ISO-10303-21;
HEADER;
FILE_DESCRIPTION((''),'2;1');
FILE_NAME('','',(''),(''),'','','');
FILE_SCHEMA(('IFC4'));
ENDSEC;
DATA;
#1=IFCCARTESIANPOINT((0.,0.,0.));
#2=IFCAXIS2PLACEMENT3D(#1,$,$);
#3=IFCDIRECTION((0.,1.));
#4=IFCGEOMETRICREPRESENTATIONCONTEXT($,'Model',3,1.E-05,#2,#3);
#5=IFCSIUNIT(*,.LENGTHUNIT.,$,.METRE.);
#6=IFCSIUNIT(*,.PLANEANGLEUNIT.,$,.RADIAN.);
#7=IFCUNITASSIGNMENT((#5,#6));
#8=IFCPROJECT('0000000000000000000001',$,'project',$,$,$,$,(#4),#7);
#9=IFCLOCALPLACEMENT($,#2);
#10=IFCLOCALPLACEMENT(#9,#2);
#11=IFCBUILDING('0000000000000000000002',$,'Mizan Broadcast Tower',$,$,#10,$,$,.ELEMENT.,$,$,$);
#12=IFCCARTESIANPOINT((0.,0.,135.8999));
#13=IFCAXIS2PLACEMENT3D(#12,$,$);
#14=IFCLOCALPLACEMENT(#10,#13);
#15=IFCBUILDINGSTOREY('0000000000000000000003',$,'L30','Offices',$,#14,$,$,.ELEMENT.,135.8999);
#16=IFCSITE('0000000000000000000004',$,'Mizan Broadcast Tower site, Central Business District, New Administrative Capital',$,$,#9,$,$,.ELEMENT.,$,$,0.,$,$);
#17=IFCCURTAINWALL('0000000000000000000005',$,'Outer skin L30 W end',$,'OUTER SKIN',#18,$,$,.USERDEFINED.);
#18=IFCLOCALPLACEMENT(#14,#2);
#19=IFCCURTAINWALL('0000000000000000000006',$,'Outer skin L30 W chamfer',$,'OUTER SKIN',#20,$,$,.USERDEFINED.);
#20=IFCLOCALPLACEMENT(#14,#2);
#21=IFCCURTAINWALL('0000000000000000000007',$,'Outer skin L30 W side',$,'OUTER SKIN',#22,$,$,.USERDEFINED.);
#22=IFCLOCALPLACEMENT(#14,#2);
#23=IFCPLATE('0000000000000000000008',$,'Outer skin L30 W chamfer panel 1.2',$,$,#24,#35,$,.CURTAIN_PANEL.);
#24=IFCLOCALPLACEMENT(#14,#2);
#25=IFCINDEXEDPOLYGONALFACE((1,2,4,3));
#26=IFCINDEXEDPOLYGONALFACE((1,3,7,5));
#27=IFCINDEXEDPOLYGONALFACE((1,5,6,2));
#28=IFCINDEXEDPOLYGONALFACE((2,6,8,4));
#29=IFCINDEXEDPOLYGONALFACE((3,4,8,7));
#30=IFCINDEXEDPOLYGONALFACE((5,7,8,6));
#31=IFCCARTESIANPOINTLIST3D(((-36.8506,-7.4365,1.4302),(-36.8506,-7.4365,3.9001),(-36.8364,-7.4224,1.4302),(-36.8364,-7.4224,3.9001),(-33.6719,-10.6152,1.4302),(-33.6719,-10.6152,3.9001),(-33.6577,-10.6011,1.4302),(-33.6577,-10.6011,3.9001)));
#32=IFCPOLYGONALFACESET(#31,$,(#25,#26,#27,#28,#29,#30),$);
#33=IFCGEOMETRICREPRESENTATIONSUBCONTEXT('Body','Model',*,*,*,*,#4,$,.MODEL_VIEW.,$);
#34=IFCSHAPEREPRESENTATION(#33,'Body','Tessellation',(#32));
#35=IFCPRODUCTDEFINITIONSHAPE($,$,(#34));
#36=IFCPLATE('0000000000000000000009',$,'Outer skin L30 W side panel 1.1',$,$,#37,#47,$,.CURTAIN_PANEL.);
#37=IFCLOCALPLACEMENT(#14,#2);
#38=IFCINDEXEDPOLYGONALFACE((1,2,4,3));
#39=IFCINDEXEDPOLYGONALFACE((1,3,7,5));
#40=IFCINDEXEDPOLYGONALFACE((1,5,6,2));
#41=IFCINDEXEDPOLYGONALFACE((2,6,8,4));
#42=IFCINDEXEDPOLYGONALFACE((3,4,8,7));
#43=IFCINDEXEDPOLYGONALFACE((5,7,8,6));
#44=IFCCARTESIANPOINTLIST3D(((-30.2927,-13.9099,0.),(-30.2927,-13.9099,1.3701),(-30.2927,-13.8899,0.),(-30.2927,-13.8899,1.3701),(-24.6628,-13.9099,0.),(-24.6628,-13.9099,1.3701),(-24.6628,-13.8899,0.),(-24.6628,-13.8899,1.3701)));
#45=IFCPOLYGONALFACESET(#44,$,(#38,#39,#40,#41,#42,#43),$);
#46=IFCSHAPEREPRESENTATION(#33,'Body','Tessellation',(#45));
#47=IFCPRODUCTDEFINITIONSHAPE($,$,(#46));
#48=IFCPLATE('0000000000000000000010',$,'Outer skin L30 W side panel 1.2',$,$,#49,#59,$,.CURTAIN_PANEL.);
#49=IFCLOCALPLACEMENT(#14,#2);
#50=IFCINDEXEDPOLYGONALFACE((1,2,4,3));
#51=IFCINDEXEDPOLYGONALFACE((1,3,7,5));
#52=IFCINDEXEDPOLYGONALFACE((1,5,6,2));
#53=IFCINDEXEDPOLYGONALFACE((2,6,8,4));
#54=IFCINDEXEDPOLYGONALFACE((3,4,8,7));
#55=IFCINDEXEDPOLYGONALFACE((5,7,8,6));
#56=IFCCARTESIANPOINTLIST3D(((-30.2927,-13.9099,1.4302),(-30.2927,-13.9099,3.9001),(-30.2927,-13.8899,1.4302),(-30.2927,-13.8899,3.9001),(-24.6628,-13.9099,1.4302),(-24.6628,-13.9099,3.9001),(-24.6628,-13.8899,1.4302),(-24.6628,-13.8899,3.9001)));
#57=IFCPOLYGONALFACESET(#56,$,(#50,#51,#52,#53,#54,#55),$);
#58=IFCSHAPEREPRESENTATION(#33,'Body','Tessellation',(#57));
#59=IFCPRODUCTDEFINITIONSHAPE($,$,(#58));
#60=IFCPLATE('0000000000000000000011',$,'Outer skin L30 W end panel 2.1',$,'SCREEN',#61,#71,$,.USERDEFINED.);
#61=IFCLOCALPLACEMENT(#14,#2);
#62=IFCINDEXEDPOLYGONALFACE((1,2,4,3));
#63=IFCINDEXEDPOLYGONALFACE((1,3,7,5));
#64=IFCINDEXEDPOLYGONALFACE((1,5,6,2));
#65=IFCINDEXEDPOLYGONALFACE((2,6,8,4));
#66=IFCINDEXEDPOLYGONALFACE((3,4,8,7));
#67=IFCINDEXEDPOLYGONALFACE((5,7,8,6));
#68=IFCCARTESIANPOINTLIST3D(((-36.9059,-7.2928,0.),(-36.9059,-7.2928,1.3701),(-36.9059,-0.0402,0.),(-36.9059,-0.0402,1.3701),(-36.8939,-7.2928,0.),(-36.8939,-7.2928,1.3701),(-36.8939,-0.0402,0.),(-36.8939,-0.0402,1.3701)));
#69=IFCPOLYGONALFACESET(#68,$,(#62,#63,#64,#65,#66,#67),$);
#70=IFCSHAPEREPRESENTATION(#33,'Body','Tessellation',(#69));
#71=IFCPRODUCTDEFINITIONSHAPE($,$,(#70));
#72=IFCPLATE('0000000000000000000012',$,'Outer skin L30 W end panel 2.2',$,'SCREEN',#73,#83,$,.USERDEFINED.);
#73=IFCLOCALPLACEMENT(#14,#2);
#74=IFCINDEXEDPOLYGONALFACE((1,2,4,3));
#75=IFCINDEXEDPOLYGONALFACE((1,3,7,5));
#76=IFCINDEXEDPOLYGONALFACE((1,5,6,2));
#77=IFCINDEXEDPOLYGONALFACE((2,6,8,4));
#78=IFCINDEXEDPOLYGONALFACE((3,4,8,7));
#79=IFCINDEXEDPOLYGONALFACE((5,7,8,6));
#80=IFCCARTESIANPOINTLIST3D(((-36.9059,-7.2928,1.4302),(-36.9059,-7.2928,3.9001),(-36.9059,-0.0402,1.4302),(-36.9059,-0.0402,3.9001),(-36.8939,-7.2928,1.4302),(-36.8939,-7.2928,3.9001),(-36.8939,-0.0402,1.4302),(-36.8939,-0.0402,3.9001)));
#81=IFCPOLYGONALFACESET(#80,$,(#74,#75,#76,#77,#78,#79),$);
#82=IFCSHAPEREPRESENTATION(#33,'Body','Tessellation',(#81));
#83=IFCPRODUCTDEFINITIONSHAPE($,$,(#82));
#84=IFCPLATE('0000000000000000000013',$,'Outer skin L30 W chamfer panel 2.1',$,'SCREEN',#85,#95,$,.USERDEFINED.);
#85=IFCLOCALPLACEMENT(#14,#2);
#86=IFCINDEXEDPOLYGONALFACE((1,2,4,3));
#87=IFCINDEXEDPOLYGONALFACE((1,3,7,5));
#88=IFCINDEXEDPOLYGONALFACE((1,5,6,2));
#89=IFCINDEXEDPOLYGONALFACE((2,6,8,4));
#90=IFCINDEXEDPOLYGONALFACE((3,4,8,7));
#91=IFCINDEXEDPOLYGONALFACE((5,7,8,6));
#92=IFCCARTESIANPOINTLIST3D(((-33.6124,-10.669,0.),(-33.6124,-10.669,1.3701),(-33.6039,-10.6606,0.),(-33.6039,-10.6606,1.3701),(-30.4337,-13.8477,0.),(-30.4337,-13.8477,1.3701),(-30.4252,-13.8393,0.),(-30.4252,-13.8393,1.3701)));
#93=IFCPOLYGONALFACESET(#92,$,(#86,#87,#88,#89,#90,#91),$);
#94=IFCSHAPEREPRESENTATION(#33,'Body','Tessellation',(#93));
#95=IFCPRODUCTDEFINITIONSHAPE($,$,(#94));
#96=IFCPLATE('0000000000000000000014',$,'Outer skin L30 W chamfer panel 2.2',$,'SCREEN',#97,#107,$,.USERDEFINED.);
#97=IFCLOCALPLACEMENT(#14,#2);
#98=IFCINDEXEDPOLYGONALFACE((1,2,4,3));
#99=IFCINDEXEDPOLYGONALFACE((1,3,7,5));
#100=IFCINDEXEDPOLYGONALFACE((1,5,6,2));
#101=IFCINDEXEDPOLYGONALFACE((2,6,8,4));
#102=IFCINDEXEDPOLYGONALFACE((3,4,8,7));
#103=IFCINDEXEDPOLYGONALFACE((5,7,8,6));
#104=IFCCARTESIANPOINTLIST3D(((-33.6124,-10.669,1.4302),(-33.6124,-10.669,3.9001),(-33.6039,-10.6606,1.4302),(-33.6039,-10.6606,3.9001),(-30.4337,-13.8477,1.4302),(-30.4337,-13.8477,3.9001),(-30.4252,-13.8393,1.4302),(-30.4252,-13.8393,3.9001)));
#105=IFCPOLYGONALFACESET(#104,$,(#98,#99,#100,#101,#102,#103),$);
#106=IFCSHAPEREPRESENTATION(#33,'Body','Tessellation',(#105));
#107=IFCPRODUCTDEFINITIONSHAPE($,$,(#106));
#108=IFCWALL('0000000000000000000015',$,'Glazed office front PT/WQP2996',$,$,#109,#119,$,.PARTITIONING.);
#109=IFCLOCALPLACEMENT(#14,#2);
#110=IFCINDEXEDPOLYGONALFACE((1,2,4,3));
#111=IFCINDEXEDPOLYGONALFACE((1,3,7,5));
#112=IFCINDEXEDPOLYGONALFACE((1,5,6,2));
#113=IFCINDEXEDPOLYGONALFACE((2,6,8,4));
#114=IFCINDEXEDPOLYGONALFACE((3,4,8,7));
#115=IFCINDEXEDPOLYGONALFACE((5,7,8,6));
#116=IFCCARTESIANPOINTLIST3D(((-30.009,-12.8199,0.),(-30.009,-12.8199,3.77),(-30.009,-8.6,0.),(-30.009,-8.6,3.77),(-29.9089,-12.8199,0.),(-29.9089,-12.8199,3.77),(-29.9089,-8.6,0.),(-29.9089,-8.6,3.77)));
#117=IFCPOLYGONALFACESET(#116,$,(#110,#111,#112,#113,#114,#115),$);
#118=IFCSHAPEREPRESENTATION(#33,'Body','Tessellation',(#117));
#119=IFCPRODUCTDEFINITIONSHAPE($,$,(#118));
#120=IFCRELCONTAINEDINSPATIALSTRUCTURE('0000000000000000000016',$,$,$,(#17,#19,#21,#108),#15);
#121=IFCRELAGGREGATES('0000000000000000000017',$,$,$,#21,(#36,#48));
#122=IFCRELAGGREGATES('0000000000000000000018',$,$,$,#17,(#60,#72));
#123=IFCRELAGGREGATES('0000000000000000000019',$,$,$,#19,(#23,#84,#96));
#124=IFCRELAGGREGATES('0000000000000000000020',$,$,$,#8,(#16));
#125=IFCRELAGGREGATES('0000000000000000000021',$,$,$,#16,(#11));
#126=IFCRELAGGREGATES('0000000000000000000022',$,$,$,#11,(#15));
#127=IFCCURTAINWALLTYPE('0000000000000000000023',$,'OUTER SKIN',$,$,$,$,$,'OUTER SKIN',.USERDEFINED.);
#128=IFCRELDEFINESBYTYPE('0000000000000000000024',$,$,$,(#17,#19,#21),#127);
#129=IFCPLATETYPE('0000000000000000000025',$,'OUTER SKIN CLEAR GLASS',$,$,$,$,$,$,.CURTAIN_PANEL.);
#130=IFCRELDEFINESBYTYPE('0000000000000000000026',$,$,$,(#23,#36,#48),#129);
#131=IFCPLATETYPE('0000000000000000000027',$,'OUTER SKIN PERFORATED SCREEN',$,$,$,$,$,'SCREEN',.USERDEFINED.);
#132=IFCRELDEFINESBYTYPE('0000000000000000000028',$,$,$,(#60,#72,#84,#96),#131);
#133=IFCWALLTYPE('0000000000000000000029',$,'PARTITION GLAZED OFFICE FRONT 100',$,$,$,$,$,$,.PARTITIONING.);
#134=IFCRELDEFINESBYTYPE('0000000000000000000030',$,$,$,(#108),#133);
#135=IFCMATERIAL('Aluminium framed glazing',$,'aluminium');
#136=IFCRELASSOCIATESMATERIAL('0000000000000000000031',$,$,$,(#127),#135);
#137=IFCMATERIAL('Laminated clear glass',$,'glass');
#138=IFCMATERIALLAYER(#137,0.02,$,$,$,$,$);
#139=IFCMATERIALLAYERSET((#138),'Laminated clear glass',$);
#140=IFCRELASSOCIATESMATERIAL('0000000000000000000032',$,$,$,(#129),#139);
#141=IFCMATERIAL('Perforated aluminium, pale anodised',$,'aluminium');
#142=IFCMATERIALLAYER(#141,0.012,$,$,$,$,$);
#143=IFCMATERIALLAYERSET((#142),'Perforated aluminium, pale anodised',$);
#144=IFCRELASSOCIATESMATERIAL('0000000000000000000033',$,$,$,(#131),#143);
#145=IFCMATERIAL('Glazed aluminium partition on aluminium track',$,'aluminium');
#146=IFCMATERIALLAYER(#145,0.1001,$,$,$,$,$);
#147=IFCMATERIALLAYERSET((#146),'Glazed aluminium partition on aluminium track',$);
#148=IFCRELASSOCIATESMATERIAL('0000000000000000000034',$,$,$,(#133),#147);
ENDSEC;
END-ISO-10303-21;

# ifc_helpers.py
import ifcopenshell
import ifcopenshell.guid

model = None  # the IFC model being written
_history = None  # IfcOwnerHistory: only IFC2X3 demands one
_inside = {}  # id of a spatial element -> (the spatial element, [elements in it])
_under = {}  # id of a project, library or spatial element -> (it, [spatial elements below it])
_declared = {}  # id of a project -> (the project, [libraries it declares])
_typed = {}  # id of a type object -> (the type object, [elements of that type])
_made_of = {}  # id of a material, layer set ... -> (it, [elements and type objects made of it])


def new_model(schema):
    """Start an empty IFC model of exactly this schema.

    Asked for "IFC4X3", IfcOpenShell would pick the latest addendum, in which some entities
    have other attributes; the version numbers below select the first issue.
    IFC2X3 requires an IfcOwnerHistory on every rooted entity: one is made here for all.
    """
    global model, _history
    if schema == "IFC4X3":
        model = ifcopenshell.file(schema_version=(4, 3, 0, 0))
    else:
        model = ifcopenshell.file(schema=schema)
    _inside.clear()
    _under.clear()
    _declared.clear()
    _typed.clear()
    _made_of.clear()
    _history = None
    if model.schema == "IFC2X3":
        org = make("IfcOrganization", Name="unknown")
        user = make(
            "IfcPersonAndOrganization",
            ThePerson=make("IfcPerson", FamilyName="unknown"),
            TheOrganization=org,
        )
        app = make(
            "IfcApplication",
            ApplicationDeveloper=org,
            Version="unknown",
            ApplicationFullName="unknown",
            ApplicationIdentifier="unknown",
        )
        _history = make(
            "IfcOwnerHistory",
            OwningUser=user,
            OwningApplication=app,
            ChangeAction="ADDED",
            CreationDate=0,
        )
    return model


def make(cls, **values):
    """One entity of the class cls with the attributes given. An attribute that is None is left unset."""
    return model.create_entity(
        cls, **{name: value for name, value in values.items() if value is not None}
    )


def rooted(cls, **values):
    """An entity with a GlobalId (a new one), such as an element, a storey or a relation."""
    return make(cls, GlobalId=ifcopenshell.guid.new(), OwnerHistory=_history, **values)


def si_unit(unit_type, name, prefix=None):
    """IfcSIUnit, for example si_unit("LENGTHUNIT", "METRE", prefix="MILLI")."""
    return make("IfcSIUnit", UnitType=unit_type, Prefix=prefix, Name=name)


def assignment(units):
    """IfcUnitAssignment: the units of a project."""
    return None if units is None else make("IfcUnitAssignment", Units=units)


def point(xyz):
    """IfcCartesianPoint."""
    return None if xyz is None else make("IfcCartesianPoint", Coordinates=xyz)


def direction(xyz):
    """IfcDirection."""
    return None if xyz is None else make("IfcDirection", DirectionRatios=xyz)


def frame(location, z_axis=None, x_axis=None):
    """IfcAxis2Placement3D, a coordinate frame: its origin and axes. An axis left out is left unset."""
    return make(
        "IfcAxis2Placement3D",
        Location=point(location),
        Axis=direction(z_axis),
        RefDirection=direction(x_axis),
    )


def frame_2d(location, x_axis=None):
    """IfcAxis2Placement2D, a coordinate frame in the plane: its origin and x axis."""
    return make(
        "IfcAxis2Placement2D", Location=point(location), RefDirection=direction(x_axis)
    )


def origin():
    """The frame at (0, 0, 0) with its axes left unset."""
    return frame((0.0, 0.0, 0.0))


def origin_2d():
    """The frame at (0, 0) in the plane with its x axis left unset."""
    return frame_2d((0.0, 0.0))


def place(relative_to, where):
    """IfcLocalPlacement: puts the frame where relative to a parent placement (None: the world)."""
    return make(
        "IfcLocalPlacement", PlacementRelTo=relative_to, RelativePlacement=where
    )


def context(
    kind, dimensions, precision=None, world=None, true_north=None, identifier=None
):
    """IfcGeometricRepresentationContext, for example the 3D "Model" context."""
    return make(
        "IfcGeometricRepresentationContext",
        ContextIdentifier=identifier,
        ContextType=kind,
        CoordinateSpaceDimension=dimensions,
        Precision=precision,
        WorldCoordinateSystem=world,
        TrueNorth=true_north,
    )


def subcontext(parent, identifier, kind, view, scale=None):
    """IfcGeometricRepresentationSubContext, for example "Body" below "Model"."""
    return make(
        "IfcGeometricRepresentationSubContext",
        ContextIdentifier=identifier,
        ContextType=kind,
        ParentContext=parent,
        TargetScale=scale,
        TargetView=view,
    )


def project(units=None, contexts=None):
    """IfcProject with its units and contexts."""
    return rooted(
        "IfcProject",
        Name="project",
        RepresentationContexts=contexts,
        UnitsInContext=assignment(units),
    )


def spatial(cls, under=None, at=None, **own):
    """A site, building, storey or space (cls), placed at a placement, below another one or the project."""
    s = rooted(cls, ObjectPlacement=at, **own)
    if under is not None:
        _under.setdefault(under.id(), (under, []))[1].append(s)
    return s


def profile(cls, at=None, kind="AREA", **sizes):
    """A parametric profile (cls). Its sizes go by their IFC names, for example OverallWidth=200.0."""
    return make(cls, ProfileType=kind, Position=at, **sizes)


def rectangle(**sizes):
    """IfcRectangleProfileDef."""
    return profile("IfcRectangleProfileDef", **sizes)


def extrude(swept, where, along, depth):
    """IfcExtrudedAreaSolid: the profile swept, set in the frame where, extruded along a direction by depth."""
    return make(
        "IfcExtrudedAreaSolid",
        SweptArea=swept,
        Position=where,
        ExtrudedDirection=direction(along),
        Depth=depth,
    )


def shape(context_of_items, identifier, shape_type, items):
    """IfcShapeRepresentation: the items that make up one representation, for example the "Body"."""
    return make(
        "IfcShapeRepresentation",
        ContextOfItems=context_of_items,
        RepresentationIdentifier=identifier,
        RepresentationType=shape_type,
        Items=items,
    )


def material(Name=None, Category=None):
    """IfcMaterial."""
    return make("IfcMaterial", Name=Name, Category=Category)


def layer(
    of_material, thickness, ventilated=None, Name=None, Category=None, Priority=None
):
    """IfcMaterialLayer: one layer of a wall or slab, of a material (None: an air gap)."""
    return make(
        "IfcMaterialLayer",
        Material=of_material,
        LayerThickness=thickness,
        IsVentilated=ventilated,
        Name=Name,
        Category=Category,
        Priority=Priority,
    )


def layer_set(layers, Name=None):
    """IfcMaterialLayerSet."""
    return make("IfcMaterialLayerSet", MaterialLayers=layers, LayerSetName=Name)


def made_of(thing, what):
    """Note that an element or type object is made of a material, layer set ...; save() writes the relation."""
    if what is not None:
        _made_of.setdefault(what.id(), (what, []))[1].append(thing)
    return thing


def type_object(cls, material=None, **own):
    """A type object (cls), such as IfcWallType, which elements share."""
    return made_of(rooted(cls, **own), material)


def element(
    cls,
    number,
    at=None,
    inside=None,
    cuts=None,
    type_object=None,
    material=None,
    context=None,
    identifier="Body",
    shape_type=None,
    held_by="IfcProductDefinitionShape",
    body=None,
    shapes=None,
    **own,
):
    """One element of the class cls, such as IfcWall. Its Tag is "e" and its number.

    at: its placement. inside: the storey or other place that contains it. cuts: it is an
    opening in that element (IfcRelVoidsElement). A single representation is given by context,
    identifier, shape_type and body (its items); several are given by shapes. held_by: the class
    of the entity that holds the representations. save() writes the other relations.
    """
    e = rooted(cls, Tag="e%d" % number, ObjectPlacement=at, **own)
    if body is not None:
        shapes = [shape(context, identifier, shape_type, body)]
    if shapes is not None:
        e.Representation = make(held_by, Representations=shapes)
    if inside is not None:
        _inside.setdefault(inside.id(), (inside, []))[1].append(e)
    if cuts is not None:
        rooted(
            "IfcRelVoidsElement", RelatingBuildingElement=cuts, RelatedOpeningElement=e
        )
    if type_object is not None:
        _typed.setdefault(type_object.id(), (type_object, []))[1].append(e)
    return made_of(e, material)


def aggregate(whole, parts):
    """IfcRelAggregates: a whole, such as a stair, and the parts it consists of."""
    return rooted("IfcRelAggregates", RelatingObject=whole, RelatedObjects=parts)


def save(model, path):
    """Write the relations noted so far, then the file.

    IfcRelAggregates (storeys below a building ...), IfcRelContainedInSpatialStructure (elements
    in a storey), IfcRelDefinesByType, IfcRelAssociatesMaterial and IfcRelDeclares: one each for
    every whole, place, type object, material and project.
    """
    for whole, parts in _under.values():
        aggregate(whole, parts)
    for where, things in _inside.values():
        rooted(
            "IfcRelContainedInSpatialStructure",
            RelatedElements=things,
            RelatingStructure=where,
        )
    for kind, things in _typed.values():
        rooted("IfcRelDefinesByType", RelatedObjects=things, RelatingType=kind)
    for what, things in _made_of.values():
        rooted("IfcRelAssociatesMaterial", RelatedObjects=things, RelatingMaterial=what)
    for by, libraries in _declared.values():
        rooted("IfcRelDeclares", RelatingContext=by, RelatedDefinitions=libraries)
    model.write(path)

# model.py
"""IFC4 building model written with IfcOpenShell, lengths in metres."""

from ifc_helpers import new_model, si_unit, direction, frame, frame_2d, origin, origin_2d, place, context, subcontext, project, spatial, rectangle, extrude, material, layer, layer_set, type_object, element, aggregate, save


model = new_model("IFC4")

# Units and contexts
model_context = context("Model", 3, precision=1e-05, world=origin(), true_north=direction((0.0, 1.0)))
body_context = subcontext(model_context, "Body", "Model", "MODEL_VIEW")
ifc_project = project(units=[si_unit("LENGTHUNIT", "METRE"), si_unit("PLANEANGLEUNIT", "RADIAN")], contexts=[model_context])

# Site, building, storey
site_placement = place(None, origin())
site = spatial("IfcSite", under=ifc_project, at=site_placement, Name="Mizan Broadcast Tower site, Central Business District, New Administrative Capital", CompositionType="ELEMENT", RefElevation=0.0)
building_placement = place(site_placement, origin())
building = spatial("IfcBuilding", under=site, at=building_placement, Name="Mizan Broadcast Tower", CompositionType="ELEMENT")
storey_placement = place(building_placement, frame((0.0, 0.0, 135.8999)))
storey = spatial("IfcBuildingStorey", under=building, at=storey_placement, Name="L30", Description="Offices", CompositionType="ELEMENT", Elevation=135.8999)

# Curtain wall
ifc_material_1 = material(Name="Aluminium framed glazing", Category="aluminium")
curtain_wall_type_1 = type_object("IfcCurtainWallType", Name="OUTER SKIN", ElementType="OUTER SKIN", PredefinedType="USERDEFINED", material=ifc_material_1)
curtain_wall_1_placement = place(storey_placement, origin())
curtain_wall_1 = element("IfcCurtainWall", 1, at=curtain_wall_1_placement, inside=storey, type_object=curtain_wall_type_1, Name="Outer skin L30 W end", ObjectType="OUTER SKIN", PredefinedType="USERDEFINED")

# Curtain wall
curtain_wall_2_placement = place(storey_placement, origin())
curtain_wall_2 = element("IfcCurtainWall", 2, at=curtain_wall_2_placement, inside=storey, type_object=curtain_wall_type_1, Name="Outer skin L30 W chamfer", ObjectType="OUTER SKIN", PredefinedType="USERDEFINED")

# Curtain wall
curtain_wall_3_placement = place(storey_placement, origin())
curtain_wall_3 = element("IfcCurtainWall", 3, at=curtain_wall_3_placement, inside=storey, type_object=curtain_wall_type_1, Name="Outer skin L30 W side", ObjectType="OUTER SKIN", PredefinedType="USERDEFINED")

# Plates
ifc_material_2 = material(Name="Laminated clear glass", Category="glass")
ifc_layer_1 = layer(ifc_material_2, 0.02)
ifc_layer_set_1 = layer_set([ifc_layer_1], Name="Laminated clear glass")
plate_type_1 = type_object("IfcPlateType", Name="OUTER SKIN CLEAR GLASS", PredefinedType="CURTAIN_PANEL", material=ifc_layer_set_1)
plate_1_placement = place(storey_placement, frame((-35.2542, -9.0188, 1.4302), z_axis=(0.0, 0.0, 1.0), x_axis=(0.707107, -0.707107, 0.0)))
plate_1 = element("IfcPlate", 4, at=plate_1_placement, type_object=plate_type_1, Name="Outer skin L30 W chamfer panel 1.2", PredefinedType="CURTAIN_PANEL", context=body_context, shape_type="SweptSolid", body=[
    extrude(rectangle(XDim=4.4954, YDim=0.02, at=origin_2d()), origin(), (0.0, 0.0, 1.0), 2.47),
])
plate_2_placement = place(storey_placement, frame((-27.4778, -13.8999, 0.0), z_axis=(0.0, 0.0, 1.0), x_axis=(1.0, 0.0, 0.0)))
plate_2 = element("IfcPlate", 5, at=plate_2_placement, type_object=plate_type_1, Name="Outer skin L30 W side panel 1.1", PredefinedType="CURTAIN_PANEL", context=body_context, shape_type="SweptSolid", body=[
    extrude(rectangle(XDim=5.6299, YDim=0.02, at=origin_2d()), origin(), (0.0, 0.0, 1.0), 1.3701),
])
plate_3_placement = place(storey_placement, frame((-27.4778, -13.8999, 1.4302), z_axis=(0.0, 0.0, 1.0), x_axis=(1.0, 0.0, 0.0)))
plate_3 = element("IfcPlate", 6, at=plate_3_placement, type_object=plate_type_1, Name="Outer skin L30 W side panel 1.2", PredefinedType="CURTAIN_PANEL", context=body_context, shape_type="SweptSolid", body=[
    extrude(rectangle(XDim=5.6299, YDim=0.02, at=origin_2d()), origin(), (0.0, 0.0, 1.0), 2.47),
])
aggregate(curtain_wall_3, [plate_2, plate_3])
ifc_material_3 = material(Name="Perforated aluminium, pale anodised", Category="aluminium")
ifc_layer_2 = layer(ifc_material_3, 0.012)
ifc_layer_set_2 = layer_set([ifc_layer_2], Name="Perforated aluminium, pale anodised")
plate_type_2 = type_object("IfcPlateType", Name="OUTER SKIN PERFORATED SCREEN", ElementType="SCREEN", PredefinedType="USERDEFINED", material=ifc_layer_set_2)
plate_4_placement = place(storey_placement, frame((-36.8999, -3.6665, 0.0), z_axis=(0.0, 0.0, 1.0), x_axis=(0.0, -1.0, 0.0)))
plate_4 = element("IfcPlate", 7, at=plate_4_placement, type_object=plate_type_2, Name="Outer skin L30 W end panel 2.1", ObjectType="SCREEN", PredefinedType="USERDEFINED", context=body_context, shape_type="SweptSolid", body=[
    extrude(rectangle(XDim=7.2527, YDim=0.012, at=origin_2d()), origin(), (0.0, 0.0, 1.0), 1.3701),
])
plate_5_placement = place(storey_placement, frame((-36.8999, -3.6665, 1.4302), z_axis=(0.0, 0.0, 1.0), x_axis=(0.0, -1.0, 0.0)))
plate_5 = element("IfcPlate", 8, at=plate_5_placement, type_object=plate_type_2, Name="Outer skin L30 W end panel 2.2", ObjectType="SCREEN", PredefinedType="USERDEFINED", context=body_context, shape_type="SweptSolid", body=[
    extrude(rectangle(XDim=7.2527, YDim=0.012, at=origin_2d()), origin(), (0.0, 0.0, 1.0), 2.47),
])
aggregate(curtain_wall_1, [plate_4, plate_5])
plate_6_placement = place(storey_placement, frame((-32.0188, -12.2542, 0.0), z_axis=(0.0, 0.0, 1.0), x_axis=(0.707107, -0.707107, 0.0)))
plate_6 = element("IfcPlate", 9, at=plate_6_placement, type_object=plate_type_2, Name="Outer skin L30 W chamfer panel 2.1", ObjectType="SCREEN", PredefinedType="USERDEFINED", context=body_context, shape_type="SweptSolid", body=[
    extrude(rectangle(XDim=4.4954, YDim=0.012, at=origin_2d()), origin(), (0.0, 0.0, 1.0), 1.3701),
])
plate_7_placement = place(storey_placement, frame((-32.0188, -12.2542, 1.4302), z_axis=(0.0, 0.0, 1.0), x_axis=(0.707107, -0.707107, 0.0)))
plate_7 = element("IfcPlate", 10, at=plate_7_placement, type_object=plate_type_2, Name="Outer skin L30 W chamfer panel 2.2", ObjectType="SCREEN", PredefinedType="USERDEFINED", context=body_context, shape_type="SweptSolid", body=[
    extrude(rectangle(XDim=4.4954, YDim=0.012, at=origin_2d()), origin(), (0.0, 0.0, 1.0), 2.47),
])
aggregate(curtain_wall_2, [plate_1, plate_6, plate_7])

# Wall
ifc_material_4 = material(Name="Glazed aluminium partition on aluminium track", Category="aluminium")
ifc_layer_3 = layer(ifc_material_4, 0.1001)
ifc_layer_set_3 = layer_set([ifc_layer_3], Name="Glazed aluminium partition on aluminium track")
wall_type = type_object("IfcWallType", Name="PARTITION GLAZED OFFICE FRONT 100", PredefinedType="PARTITIONING", material=ifc_layer_set_3)
wall_placement = place(storey_placement, frame((-29.959, -8.6001, 0.0), z_axis=(0.0, 0.0, 1.0), x_axis=(0.0, -1.0, 0.0)))
element("IfcWall", 11, at=wall_placement, inside=storey, type_object=wall_type, Name="Glazed office front PT/WQP2996", PredefinedType="PARTITIONING", context=body_context, shape_type="SweptSolid", body=[
    extrude(rectangle(XDim=4.22, YDim=0.1001, at=frame_2d((2.1099, 0.0))), origin(), (0.0, 0.0, 1.0), 3.77),
])

save(model, "model.ifc")
